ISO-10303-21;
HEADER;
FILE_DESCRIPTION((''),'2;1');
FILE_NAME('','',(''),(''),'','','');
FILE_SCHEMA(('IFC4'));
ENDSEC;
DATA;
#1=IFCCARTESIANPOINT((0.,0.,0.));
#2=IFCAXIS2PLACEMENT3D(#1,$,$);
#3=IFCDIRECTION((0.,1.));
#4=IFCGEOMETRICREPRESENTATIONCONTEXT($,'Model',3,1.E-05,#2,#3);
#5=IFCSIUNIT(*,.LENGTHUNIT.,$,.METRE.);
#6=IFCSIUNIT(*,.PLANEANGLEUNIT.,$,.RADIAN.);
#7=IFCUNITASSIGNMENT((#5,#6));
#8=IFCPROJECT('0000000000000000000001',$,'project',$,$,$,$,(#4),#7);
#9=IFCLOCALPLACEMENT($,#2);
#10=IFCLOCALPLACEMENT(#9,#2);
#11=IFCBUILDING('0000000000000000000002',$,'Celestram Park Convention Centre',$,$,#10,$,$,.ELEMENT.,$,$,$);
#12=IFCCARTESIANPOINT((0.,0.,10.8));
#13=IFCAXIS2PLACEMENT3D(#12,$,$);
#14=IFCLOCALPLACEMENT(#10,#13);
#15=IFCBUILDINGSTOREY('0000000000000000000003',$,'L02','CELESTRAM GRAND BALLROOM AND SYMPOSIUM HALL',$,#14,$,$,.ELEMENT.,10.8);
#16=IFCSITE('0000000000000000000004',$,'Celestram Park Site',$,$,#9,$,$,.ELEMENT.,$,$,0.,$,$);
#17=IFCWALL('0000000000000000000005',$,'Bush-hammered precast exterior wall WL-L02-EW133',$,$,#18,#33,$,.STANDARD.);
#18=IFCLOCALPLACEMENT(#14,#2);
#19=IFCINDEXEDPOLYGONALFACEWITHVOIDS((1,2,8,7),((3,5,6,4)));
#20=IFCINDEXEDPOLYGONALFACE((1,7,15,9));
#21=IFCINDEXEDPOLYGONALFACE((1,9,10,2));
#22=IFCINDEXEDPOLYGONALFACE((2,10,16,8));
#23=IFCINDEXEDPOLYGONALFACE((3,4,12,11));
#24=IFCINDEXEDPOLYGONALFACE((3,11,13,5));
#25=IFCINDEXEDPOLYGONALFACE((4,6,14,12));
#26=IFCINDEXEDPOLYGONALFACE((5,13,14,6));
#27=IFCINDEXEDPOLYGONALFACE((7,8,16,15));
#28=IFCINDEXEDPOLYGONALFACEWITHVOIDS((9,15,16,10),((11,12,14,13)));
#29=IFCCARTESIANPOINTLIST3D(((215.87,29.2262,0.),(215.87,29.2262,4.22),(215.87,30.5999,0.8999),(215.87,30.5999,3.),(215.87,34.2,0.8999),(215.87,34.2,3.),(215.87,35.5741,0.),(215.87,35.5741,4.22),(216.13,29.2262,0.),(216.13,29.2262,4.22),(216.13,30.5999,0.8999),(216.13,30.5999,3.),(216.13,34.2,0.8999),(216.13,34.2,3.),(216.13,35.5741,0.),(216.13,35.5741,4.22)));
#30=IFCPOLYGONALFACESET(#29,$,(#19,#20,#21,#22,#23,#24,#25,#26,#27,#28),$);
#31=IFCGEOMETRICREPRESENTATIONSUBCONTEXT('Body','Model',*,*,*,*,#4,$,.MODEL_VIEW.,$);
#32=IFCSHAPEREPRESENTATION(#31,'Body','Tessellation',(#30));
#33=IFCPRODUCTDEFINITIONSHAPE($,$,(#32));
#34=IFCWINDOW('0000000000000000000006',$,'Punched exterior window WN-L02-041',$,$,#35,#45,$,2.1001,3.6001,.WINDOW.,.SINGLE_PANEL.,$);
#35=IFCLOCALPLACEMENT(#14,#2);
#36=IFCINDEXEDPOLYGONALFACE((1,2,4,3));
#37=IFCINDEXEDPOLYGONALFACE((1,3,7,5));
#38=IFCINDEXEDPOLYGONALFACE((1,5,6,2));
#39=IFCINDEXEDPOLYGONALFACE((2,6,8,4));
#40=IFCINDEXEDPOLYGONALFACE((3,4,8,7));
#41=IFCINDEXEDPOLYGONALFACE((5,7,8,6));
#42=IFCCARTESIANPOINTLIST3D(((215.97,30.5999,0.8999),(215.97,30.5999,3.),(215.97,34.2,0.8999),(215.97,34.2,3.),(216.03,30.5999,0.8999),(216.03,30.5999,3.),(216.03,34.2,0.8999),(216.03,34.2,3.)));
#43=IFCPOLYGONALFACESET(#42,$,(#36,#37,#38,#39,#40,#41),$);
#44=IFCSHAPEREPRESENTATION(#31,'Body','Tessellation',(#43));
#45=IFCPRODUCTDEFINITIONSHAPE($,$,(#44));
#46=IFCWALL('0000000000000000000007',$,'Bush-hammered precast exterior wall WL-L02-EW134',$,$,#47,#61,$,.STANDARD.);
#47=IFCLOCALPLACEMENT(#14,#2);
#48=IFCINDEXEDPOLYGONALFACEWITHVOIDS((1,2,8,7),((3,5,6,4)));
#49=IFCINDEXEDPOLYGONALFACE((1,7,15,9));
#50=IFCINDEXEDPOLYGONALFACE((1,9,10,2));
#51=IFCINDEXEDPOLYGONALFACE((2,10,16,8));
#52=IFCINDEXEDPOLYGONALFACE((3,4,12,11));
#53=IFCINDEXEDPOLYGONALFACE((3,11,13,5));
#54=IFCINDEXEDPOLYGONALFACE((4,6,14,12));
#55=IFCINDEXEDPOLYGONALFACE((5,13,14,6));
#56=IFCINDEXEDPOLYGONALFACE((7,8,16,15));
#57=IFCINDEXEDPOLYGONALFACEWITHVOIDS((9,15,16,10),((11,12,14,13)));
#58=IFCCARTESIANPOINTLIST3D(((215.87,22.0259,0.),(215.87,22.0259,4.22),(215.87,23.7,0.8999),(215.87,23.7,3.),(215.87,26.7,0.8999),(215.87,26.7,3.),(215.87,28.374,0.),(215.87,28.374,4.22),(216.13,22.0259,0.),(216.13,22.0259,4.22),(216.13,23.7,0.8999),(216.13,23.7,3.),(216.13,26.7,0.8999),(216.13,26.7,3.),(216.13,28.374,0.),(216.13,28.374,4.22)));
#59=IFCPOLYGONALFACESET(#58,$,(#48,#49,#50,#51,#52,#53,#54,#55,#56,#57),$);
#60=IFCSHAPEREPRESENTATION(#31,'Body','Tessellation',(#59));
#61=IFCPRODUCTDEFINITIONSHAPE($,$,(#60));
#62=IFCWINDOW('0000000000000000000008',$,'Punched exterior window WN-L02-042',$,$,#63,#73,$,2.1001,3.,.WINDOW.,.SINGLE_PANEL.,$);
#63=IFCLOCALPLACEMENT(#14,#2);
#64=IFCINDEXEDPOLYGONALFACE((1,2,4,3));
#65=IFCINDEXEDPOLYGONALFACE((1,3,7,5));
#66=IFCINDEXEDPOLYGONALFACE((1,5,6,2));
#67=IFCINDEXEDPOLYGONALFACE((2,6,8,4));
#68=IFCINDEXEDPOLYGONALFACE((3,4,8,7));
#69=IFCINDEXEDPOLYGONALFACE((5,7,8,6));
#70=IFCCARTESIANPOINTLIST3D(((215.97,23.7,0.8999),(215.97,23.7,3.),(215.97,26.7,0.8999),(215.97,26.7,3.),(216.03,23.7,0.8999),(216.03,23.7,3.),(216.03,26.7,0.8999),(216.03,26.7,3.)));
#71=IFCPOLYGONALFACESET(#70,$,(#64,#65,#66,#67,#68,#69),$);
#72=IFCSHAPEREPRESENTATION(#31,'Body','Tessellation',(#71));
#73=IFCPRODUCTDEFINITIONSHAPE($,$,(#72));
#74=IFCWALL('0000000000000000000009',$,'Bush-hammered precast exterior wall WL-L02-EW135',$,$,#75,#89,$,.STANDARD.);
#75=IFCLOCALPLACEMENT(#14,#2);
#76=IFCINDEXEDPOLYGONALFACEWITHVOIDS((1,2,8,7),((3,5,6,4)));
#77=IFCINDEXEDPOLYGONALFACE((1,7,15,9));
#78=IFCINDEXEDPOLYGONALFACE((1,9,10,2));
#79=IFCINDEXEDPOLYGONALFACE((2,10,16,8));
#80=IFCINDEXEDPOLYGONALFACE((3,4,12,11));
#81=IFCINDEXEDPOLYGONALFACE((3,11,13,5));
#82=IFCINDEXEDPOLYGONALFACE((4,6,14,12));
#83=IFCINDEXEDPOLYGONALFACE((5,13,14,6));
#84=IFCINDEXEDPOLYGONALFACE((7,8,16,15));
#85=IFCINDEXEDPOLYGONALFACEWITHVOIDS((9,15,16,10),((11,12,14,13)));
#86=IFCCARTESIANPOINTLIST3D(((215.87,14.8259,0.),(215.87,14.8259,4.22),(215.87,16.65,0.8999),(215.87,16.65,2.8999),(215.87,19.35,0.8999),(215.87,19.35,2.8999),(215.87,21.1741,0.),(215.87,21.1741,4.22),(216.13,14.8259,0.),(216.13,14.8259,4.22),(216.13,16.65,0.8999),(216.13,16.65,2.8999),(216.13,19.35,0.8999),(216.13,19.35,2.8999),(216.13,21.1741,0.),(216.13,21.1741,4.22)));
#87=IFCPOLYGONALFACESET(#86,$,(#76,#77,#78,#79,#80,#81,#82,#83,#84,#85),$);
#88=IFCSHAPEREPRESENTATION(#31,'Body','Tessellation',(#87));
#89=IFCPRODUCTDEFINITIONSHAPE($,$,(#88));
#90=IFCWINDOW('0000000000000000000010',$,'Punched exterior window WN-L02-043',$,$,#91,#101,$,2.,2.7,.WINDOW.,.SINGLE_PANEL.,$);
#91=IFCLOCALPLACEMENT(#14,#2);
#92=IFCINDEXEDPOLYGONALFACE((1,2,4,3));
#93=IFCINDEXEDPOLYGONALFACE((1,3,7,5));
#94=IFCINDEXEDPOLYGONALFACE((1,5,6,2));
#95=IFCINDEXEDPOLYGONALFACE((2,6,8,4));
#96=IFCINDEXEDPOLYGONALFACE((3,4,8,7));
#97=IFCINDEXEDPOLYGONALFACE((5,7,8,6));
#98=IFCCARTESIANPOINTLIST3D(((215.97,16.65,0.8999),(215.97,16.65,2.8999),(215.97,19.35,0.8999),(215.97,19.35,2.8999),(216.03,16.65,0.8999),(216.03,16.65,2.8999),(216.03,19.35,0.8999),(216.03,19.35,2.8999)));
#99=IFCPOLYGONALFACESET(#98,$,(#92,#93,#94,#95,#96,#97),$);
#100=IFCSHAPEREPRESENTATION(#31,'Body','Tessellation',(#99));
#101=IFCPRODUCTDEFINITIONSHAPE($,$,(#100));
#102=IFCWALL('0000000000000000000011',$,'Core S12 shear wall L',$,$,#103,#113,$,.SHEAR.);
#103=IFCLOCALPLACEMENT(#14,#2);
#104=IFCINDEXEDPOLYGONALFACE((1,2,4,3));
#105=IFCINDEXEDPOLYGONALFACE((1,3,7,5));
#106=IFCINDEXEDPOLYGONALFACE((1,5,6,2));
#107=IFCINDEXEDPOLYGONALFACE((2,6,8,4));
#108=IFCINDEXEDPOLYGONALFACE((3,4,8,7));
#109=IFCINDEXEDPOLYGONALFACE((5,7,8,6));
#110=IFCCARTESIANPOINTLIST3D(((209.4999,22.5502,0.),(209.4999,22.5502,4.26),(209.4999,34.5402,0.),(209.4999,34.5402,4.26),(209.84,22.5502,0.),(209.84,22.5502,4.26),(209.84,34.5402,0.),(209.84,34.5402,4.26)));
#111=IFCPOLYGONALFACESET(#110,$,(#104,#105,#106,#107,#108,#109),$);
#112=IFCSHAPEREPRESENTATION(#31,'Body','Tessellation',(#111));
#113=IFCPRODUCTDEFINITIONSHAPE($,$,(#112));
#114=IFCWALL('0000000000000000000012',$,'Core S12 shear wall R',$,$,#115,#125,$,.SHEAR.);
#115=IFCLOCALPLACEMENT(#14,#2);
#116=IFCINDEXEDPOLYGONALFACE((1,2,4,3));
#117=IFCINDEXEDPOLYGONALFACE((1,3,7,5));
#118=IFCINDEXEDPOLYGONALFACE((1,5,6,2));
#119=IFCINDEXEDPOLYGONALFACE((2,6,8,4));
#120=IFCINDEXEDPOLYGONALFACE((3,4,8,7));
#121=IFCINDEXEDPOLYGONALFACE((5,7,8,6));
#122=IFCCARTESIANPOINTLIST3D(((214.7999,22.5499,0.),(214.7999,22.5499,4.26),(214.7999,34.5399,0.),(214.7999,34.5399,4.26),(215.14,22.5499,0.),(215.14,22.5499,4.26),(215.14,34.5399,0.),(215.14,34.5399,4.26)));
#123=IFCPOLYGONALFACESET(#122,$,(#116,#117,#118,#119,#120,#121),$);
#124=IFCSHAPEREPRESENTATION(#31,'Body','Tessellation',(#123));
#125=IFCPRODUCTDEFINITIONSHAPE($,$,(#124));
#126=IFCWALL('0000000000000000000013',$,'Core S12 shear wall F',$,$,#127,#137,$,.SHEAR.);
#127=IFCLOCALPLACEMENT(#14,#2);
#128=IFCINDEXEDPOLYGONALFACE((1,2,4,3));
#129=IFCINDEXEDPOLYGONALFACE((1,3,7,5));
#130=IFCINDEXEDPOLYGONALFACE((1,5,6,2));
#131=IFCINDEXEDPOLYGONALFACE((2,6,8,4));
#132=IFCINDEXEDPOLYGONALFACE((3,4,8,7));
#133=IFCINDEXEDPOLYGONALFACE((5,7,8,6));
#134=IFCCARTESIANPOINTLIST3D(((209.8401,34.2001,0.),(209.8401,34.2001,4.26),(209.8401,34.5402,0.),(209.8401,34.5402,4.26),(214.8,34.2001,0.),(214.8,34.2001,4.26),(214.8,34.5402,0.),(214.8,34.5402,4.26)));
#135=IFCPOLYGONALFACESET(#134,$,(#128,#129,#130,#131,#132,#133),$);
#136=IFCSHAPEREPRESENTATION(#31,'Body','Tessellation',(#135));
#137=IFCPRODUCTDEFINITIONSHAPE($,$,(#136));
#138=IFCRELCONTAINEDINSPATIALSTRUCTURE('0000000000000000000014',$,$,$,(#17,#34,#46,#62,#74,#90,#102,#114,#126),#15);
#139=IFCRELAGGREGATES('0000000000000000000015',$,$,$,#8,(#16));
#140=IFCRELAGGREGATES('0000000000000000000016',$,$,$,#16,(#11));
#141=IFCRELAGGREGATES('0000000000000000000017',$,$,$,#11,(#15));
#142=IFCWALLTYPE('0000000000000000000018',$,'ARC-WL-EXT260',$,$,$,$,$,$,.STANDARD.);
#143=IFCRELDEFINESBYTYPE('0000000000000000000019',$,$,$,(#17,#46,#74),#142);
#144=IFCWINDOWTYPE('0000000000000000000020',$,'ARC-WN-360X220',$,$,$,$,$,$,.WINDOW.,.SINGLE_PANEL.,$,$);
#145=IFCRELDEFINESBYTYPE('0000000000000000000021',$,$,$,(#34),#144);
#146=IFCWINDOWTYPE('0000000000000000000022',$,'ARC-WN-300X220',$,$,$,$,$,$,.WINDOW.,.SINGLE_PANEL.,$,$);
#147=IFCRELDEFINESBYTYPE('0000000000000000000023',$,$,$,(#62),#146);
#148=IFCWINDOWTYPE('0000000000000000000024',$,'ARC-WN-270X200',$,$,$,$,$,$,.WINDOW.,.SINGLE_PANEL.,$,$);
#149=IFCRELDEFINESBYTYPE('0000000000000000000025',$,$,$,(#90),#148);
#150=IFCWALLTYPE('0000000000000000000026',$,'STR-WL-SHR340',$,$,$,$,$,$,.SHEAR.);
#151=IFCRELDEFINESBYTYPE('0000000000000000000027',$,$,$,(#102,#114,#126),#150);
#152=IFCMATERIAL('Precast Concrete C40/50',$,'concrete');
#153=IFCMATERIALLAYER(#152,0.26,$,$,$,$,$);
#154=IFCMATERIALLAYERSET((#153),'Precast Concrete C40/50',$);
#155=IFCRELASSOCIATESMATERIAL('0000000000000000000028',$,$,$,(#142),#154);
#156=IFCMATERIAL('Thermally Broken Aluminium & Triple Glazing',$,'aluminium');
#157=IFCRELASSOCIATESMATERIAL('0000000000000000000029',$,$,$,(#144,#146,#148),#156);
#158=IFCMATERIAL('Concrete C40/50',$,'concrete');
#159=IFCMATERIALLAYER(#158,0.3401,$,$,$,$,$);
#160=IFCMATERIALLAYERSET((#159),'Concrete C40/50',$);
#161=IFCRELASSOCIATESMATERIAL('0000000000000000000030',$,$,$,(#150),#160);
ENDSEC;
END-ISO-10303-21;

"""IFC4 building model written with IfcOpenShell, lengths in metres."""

from ifc_helpers import new_model, si_unit, direction, frame, frame_2d, origin, place, context, subcontext, project, spatial, rectangle, extrude, material, layer, layer_set, type_object, element, fill, save


model = new_model("IFC4")

# Units and contexts
model_context = context("Model", 3, precision=1e-05, world=origin(), true_north=direction((0.0, 1.0)))
body_context = subcontext(model_context, "Body", "Model", "MODEL_VIEW")
ifc_project = project(units=[si_unit("LENGTHUNIT", "METRE"), si_unit("PLANEANGLEUNIT", "RADIAN")], contexts=[model_context])

# Site, building, storey
site_placement = place(None, origin())
site = spatial("IfcSite", under=ifc_project, at=site_placement, Name="Celestram Park Site", CompositionType="ELEMENT", RefElevation=0.0)
building_placement = place(site_placement, origin())
building = spatial("IfcBuilding", under=site, at=building_placement, Name="Celestram Park Convention Centre", CompositionType="ELEMENT")
storey_placement = place(building_placement, frame((0.0, 0.0, 10.8)))
storey = spatial("IfcBuildingStorey", under=building, at=storey_placement, Name="L02", Description="CELESTRAM GRAND BALLROOM AND SYMPOSIUM HALL", CompositionType="ELEMENT", Elevation=10.8)

# Walls, openings, windows
ifc_material_1 = material(Name="Precast Concrete C40/50", Category="concrete")
ifc_layer_1 = layer(ifc_material_1, 0.26)
ifc_layer_set_1 = layer_set([ifc_layer_1], Name="Precast Concrete C40/50")
wall_type_1 = type_object("IfcWallType", Name="ARC-WL-EXT260", PredefinedType="STANDARD", material=ifc_layer_set_1)
wall_1_placement = place(storey_placement, frame((216.0, 35.574, 0.0), z_axis=(0.0, 0.0, 1.0), x_axis=(0.0, -1.0, 0.0)))
wall_1 = element("IfcWall", 1, at=wall_1_placement, inside=storey, type_object=wall_type_1, Name="Bush-hammered precast exterior wall WL-L02-EW133", PredefinedType="STANDARD", context=body_context, shape_type="SweptSolid", body=[
    extrude(rectangle(XDim=6.3479, YDim=0.26, at=frame_2d((3.1738, 0.0))), origin(), (0.0, 0.0, 1.0), 4.22),
])
opening_1_placement = place(wall_1_placement, frame((1.374, 0.0, 0.8999)))
opening_1 = element("IfcOpeningElement", 2, at=opening_1_placement, cuts=wall_1, PredefinedType="OPENING", context=body_context, shape_type="SweptSolid", body=[
    extrude(rectangle(XDim=3.6001, YDim=2.1001, at=frame_2d((1.8, 1.05))), frame((0.0, 0.1399, 0.0), z_axis=(0.0, -1.0, 0.0), x_axis=(1.0, 0.0, 0.0)), (0.0, 0.0, 1.0), 0.28),
])
ifc_material_2 = material(Name="Thermally Broken Aluminium & Triple Glazing", Category="aluminium")
window_type_1 = type_object("IfcWindowType", Name="ARC-WN-360X220", PartitioningType="SINGLE_PANEL", PredefinedType="WINDOW", material=ifc_material_2)
window_1_placement = place(opening_1_placement, origin())
window_1 = element("IfcWindow", 3, at=window_1_placement, inside=storey, type_object=window_type_1, Name="Punched exterior window WN-L02-041", OverallHeight=2.1001, OverallWidth=3.6001, PartitioningType="SINGLE_PANEL", PredefinedType="WINDOW", context=body_context, shape_type="SweptSolid", body=[
    extrude(rectangle(XDim=3.6001, YDim=2.1001, at=frame_2d((1.8, 1.05))), frame((0.0, 0.03, 0.0), z_axis=(0.0, -1.0, 0.0), x_axis=(1.0, 0.0, 0.0)), (0.0, 0.0, 1.0), 0.0601),
])
fill(opening_1, window_1)
wall_2_placement = place(storey_placement, frame((216.0, 28.374, 0.0), z_axis=(0.0, 0.0, 1.0), x_axis=(0.0, -1.0, 0.0)))
wall_2 = element("IfcWall", 4, at=wall_2_placement, inside=storey, type_object=wall_type_1, Name="Bush-hammered precast exterior wall WL-L02-EW134", PredefinedType="STANDARD", context=body_context, shape_type="SweptSolid", body=[
    extrude(rectangle(XDim=6.3481, YDim=0.26, at=frame_2d((3.1741, 0.0))), origin(), (0.0, 0.0, 1.0), 4.22),
])
opening_2_placement = place(wall_2_placement, frame((1.6741, 0.0, 0.8999)))
opening_2 = element("IfcOpeningElement", 5, at=opening_2_placement, cuts=wall_2, PredefinedType="OPENING", context=body_context, shape_type="SweptSolid", body=[
    extrude(rectangle(XDim=3.0, YDim=2.1001, at=frame_2d((1.5, 1.05))), frame((0.0, 0.1399, 0.0), z_axis=(0.0, -1.0, 0.0), x_axis=(1.0, 0.0, 0.0)), (0.0, 0.0, 1.0), 0.28),
])
window_type_2 = type_object("IfcWindowType", Name="ARC-WN-300X220", PartitioningType="SINGLE_PANEL", PredefinedType="WINDOW", material=ifc_material_2)
window_2_placement = place(opening_2_placement, origin())
window_2 = element("IfcWindow", 6, at=window_2_placement, inside=storey, type_object=window_type_2, Name="Punched exterior window WN-L02-042", OverallHeight=2.1001, OverallWidth=3.0, PartitioningType="SINGLE_PANEL", PredefinedType="WINDOW", context=body_context, shape_type="SweptSolid", body=[
    extrude(rectangle(XDim=3.0, YDim=2.1001, at=frame_2d((1.5, 1.05))), frame((0.0, 0.03, 0.0), z_axis=(0.0, -1.0, 0.0), x_axis=(1.0, 0.0, 0.0)), (0.0, 0.0, 1.0), 0.0601),
])
fill(opening_2, window_2)
wall_3_placement = place(storey_placement, frame((216.0, 21.1741, 0.0), z_axis=(0.0, 0.0, 1.0), x_axis=(0.0, -1.0, 0.0)))
wall_3 = element("IfcWall", 7, at=wall_3_placement, inside=storey, type_object=wall_type_1, Name="Bush-hammered precast exterior wall WL-L02-EW135", PredefinedType="STANDARD", context=body_context, shape_type="SweptSolid", body=[
    extrude(rectangle(XDim=6.3481, YDim=0.26, at=frame_2d((3.1741, 0.0))), origin(), (0.0, 0.0, 1.0), 4.22),
])
opening_3_placement = place(wall_3_placement, frame((1.824, 0.0, 0.8999)))
opening_3 = element("IfcOpeningElement", 8, at=opening_3_placement, cuts=wall_3, PredefinedType="OPENING", context=body_context, shape_type="SweptSolid", body=[
    extrude(rectangle(XDim=2.7, YDim=2.0, at=frame_2d((1.3501, 1.0))), frame((0.0, 0.1399, 0.0), z_axis=(0.0, -1.0, 0.0), x_axis=(1.0, 0.0, 0.0)), (0.0, 0.0, 1.0), 0.28),
])
window_type_3 = type_object("IfcWindowType", Name="ARC-WN-270X200", PartitioningType="SINGLE_PANEL", PredefinedType="WINDOW", material=ifc_material_2)
window_3_placement = place(opening_3_placement, origin())
window_3 = element("IfcWindow", 9, at=window_3_placement, inside=storey, type_object=window_type_3, Name="Punched exterior window WN-L02-043", OverallHeight=2.0, OverallWidth=2.7, PartitioningType="SINGLE_PANEL", PredefinedType="WINDOW", context=body_context, shape_type="SweptSolid", body=[
    extrude(rectangle(XDim=2.7, YDim=2.0, at=frame_2d((1.3501, 1.0))), frame((0.0, 0.03, 0.0), z_axis=(0.0, -1.0, 0.0), x_axis=(1.0, 0.0, 0.0)), (0.0, 0.0, 1.0), 0.0601),
])
fill(opening_3, window_3)

# Walls
ifc_material_3 = material(Name="Concrete C40/50", Category="concrete")
ifc_layer_2 = layer(ifc_material_3, 0.3401)
ifc_layer_set_2 = layer_set([ifc_layer_2], Name="Concrete C40/50")
wall_type_2 = type_object("IfcWallType", Name="STR-WL-SHR340", PredefinedType="SHEAR", material=ifc_layer_set_2)
for number, where, z_axis, x_axis, name in (
    (10, (209.6699, 22.55, 0.0), (0.0, 0.0, 1.0), (0.0, 1.0, 0.0), "Core S12 shear wall L"),
    (11, (214.97, 34.54, 0.0), (0.0, 0.0, 1.0), (0.0, -1.0, 0.0), "Core S12 shear wall R"),
):
    element("IfcWall", number, at=place(storey_placement, frame(where, z_axis=z_axis, x_axis=x_axis)), inside=storey, type_object=wall_type_2, Name=name, PredefinedType="SHEAR", context=body_context, shape_type="SweptSolid", body=[
        extrude(rectangle(XDim=11.99, YDim=0.3401, at=frame_2d((5.9951, 0.0))), origin(), (0.0, 0.0, 1.0), 4.26),
    ])
wall_4_placement = place(storey_placement, frame((209.8401, 34.3701, 0.0), z_axis=(0.0, 0.0, 1.0), x_axis=(1.0, 0.0, 0.0)))
element("IfcWall", 12, at=wall_4_placement, inside=storey, type_object=wall_type_2, Name="Core S12 shear wall F", PredefinedType="SHEAR", context=body_context, shape_type="SweptSolid", body=[
    extrude(rectangle(XDim=4.96, YDim=0.3401, at=frame_2d((2.48, 0.0))), origin(), (0.0, 0.0, 1.0), 4.26),
])

save(model, "model.ifc")
